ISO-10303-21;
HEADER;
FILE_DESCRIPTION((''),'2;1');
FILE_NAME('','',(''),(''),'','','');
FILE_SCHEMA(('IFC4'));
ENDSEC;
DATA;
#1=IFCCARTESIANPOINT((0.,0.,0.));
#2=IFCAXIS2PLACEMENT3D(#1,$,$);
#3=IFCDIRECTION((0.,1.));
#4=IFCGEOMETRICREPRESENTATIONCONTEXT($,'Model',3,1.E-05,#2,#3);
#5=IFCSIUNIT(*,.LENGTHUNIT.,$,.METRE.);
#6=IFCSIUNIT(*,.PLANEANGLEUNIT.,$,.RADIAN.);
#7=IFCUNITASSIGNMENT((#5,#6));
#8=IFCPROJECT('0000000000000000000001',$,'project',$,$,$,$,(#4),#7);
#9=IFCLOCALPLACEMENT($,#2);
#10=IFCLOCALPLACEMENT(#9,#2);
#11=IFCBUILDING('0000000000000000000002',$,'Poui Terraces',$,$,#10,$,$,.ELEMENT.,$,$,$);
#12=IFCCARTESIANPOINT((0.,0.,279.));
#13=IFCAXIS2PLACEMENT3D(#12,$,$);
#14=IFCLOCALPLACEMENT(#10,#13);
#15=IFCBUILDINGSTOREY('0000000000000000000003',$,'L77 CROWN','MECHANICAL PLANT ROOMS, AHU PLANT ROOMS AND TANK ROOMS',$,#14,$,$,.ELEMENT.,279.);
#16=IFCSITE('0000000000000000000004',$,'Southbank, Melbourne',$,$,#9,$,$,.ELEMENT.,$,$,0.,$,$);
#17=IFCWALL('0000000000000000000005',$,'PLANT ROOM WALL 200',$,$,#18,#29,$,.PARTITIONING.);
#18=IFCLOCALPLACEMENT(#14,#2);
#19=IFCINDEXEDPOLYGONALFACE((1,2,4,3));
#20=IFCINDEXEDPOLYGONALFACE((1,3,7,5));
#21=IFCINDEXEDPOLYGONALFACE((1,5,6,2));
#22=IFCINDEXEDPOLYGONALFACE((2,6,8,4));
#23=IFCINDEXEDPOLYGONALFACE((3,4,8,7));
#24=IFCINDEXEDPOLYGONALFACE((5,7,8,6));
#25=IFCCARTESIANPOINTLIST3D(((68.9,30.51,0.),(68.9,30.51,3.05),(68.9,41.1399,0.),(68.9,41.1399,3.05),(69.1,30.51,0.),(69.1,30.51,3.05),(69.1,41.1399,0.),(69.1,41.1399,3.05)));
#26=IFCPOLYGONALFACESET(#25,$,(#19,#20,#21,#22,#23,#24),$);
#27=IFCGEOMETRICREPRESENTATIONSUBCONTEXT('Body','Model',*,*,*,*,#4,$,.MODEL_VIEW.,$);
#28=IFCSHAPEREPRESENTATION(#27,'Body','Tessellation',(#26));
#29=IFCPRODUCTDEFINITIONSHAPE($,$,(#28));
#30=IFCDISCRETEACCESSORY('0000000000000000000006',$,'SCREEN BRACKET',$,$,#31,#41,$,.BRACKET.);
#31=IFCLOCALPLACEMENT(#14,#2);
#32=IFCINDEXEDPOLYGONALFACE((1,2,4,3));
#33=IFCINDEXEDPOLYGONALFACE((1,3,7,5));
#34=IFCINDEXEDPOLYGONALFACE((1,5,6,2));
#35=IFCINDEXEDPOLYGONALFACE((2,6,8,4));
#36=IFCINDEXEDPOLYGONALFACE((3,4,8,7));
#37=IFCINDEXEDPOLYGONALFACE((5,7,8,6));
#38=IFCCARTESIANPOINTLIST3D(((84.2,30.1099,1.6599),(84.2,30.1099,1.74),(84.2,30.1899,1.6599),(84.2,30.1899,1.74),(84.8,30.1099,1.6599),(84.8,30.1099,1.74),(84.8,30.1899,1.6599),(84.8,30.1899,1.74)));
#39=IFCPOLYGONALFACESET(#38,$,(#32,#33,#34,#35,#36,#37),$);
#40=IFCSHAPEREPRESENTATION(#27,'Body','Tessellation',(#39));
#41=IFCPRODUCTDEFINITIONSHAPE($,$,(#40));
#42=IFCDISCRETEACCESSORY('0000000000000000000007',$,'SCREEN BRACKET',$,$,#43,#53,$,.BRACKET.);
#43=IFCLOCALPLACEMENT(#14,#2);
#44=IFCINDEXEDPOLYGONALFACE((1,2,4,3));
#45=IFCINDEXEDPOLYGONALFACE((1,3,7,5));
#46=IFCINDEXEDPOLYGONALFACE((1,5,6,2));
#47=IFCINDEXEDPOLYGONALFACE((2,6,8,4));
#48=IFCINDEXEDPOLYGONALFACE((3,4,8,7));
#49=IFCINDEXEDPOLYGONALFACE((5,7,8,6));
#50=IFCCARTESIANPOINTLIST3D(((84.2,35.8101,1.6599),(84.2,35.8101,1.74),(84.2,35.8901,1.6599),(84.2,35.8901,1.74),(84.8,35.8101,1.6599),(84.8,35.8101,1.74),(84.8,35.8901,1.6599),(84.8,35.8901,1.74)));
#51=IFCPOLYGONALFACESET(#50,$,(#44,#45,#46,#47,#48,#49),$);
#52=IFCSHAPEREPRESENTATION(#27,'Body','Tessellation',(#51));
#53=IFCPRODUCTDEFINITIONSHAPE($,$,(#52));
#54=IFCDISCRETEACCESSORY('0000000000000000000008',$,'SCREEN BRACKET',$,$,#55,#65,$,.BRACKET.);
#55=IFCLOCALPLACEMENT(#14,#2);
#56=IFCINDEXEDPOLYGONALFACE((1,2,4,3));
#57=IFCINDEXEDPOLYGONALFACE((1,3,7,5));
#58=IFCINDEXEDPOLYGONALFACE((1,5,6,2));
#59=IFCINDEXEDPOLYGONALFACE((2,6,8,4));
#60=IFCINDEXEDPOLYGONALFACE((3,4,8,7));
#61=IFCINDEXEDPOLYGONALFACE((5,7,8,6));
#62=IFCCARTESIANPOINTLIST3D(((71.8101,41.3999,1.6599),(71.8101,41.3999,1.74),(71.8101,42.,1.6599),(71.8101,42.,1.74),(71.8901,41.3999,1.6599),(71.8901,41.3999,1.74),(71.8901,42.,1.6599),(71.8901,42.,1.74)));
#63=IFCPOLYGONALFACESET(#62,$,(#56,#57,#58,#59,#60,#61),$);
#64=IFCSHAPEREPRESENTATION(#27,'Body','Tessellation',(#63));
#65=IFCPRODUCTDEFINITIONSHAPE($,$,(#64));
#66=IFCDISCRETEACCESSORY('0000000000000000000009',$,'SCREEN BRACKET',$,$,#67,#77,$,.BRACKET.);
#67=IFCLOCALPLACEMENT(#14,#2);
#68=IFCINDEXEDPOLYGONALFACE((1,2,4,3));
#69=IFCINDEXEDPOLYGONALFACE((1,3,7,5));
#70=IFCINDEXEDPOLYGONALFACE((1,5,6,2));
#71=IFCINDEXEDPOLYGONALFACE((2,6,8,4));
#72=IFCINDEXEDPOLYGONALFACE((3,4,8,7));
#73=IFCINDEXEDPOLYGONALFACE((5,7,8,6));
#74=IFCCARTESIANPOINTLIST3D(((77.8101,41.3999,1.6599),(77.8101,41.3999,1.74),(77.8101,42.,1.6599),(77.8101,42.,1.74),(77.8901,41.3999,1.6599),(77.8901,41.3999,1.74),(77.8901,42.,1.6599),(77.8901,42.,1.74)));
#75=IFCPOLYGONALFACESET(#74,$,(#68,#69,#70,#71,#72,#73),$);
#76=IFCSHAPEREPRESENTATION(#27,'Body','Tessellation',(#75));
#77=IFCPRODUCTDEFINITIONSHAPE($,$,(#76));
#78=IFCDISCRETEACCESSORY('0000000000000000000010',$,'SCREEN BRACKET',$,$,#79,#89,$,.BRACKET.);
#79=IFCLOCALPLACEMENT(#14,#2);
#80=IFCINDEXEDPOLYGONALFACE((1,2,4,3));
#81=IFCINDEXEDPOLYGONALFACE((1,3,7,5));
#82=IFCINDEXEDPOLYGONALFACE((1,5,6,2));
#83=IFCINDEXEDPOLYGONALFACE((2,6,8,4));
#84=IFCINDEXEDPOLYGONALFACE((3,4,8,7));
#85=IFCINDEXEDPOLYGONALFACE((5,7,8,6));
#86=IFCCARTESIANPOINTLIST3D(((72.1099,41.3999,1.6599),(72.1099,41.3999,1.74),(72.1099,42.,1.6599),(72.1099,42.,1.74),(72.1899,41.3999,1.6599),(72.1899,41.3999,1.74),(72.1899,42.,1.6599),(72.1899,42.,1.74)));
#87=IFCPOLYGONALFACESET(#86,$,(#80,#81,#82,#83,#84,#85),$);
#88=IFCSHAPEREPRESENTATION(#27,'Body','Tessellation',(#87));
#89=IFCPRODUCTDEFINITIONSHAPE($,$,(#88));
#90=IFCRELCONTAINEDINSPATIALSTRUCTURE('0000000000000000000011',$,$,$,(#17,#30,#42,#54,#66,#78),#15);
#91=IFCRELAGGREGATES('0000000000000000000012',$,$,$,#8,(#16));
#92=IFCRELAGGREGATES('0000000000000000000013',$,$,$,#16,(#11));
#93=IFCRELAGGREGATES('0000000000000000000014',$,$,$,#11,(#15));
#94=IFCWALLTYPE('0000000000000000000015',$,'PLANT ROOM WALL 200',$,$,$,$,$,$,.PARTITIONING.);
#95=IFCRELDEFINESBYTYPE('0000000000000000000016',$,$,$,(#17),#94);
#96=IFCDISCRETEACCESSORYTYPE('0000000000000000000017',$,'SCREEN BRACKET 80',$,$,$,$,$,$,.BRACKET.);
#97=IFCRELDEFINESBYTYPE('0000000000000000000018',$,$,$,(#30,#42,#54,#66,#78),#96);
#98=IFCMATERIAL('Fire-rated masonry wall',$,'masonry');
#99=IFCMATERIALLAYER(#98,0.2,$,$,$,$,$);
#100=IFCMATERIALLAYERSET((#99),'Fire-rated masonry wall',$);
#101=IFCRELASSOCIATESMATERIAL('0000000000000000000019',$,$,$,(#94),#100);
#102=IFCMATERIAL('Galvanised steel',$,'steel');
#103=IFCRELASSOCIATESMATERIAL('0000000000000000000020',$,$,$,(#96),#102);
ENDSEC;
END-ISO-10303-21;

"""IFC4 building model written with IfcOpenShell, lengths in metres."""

from ifc_helpers import new_model, si_unit, direction, frame, frame_2d, origin, origin_2d, place, context, subcontext, project, spatial, rectangle, extrude, source, transform, mapped, material, layer, layer_set, material_profile, profile_set, type_object, element, save


model = new_model("IFC4")

# Units and contexts
model_context = context("Model", 3, precision=1e-05, world=origin(), true_north=direction((0.0, 1.0)))
body_context = subcontext(model_context, "Body", "Model", "MODEL_VIEW")
ifc_project = project(units=[si_unit("LENGTHUNIT", "METRE"), si_unit("PLANEANGLEUNIT", "RADIAN")], contexts=[model_context])

# Site, building, storey
site_placement = place(None, origin())
site = spatial("IfcSite", under=ifc_project, at=site_placement, Name="Southbank, Melbourne", CompositionType="ELEMENT", RefElevation=0.0)
building_placement = place(site_placement, origin())
building = spatial("IfcBuilding", under=site, at=building_placement, Name="Poui Terraces", CompositionType="ELEMENT")
storey_placement = place(building_placement, frame((0.0, 0.0, 279.0)))
storey = spatial("IfcBuildingStorey", under=building, at=storey_placement, Name="L77 CROWN", Description="MECHANICAL PLANT ROOMS, AHU PLANT ROOMS AND TANK ROOMS", CompositionType="ELEMENT", Elevation=279.0)

# Wall
ifc_material_1 = material(Name="Fire-rated masonry wall", Category="masonry")
ifc_layer_1 = layer(ifc_material_1, 0.2)
ifc_layer_set_1 = layer_set([ifc_layer_1], Name="Fire-rated masonry wall")
wall_type_1 = type_object("IfcWallType", Name="PLANT ROOM WALL 200", PredefinedType="PARTITIONING", material=ifc_layer_set_1)
wall_1_placement = place(storey_placement, frame((69.0, 30.51, 0.0), z_axis=(0.0, 0.0, 1.0), x_axis=(0.0, 1.0, 0.0)))
element("IfcWall", 1, at=wall_1_placement, inside=storey, type_object=wall_type_1, Name="PLANT ROOM WALL 200", PredefinedType="PARTITIONING", context=body_context, shape_type="SweptSolid", body=[
    extrude(rectangle(XDim=10.6299, YDim=0.2, at=frame_2d((5.3149, 0.0))), origin(), (0.0, 0.0, 1.0), 3.05),
])

# Discrete accessories
ifc_material_2 = material(Name="Galvanised steel", Category="steel")
ifc_material_profile_1 = material_profile(ifc_material_2, rectangle(XDim=0.0801, YDim=0.0801, at=origin_2d()), Name="SCREEN BRACKET 80")
ifc_profile_set_1 = profile_set([ifc_material_profile_1], Name="Galvanised steel")
discrete_accessory_type = type_object("IfcDiscreteAccessoryType", Name="SCREEN BRACKET 80", PredefinedType="BRACKET", material=ifc_profile_set_1)
shared_shape_1 = source(origin(), body_context, "Body", "SweptSolid", [
    extrude(rectangle(XDim=0.0801, YDim=0.0801, at=origin_2d()), origin(), (0.0, 0.0, 1.0), 0.6001),
])
for number, where, z_axis, x_axis, name in (
    (2, (84.2, 30.1499, 1.7), (1.0, 0.0, 0.0), (0.0, 1.0, 0.0), "SCREEN BRACKET"),
    (3, (84.2, 35.8501, 1.7), (1.0, 0.0, 0.0), (0.0, 1.0, 0.0), "SCREEN BRACKET"),
    (4, (71.8501, 41.3999, 1.7), (0.0, 1.0, 0.0), (-1.0, 0.0, 0.0), "SCREEN BRACKET"),
    (5, (77.8501, 41.3999, 1.7), (0.0, 1.0, 0.0), (-1.0, 0.0, 0.0), "SCREEN BRACKET"),
    (6, (72.1499, 41.3999, 1.7), (0.0, 1.0, 0.0), (-1.0, 0.0, 0.0), "SCREEN BRACKET"),
):
    element("IfcDiscreteAccessory", number, at=place(storey_placement, frame(where, z_axis=z_axis, x_axis=x_axis)), inside=storey, type_object=discrete_accessory_type, Name=name, PredefinedType="BRACKET", context=body_context, shape_type="MappedRepresentation", body=[
        mapped(shared_shape_1, transform((0.0, 0.0, 0.0))),
    ])

save(model, "model.ifc")
